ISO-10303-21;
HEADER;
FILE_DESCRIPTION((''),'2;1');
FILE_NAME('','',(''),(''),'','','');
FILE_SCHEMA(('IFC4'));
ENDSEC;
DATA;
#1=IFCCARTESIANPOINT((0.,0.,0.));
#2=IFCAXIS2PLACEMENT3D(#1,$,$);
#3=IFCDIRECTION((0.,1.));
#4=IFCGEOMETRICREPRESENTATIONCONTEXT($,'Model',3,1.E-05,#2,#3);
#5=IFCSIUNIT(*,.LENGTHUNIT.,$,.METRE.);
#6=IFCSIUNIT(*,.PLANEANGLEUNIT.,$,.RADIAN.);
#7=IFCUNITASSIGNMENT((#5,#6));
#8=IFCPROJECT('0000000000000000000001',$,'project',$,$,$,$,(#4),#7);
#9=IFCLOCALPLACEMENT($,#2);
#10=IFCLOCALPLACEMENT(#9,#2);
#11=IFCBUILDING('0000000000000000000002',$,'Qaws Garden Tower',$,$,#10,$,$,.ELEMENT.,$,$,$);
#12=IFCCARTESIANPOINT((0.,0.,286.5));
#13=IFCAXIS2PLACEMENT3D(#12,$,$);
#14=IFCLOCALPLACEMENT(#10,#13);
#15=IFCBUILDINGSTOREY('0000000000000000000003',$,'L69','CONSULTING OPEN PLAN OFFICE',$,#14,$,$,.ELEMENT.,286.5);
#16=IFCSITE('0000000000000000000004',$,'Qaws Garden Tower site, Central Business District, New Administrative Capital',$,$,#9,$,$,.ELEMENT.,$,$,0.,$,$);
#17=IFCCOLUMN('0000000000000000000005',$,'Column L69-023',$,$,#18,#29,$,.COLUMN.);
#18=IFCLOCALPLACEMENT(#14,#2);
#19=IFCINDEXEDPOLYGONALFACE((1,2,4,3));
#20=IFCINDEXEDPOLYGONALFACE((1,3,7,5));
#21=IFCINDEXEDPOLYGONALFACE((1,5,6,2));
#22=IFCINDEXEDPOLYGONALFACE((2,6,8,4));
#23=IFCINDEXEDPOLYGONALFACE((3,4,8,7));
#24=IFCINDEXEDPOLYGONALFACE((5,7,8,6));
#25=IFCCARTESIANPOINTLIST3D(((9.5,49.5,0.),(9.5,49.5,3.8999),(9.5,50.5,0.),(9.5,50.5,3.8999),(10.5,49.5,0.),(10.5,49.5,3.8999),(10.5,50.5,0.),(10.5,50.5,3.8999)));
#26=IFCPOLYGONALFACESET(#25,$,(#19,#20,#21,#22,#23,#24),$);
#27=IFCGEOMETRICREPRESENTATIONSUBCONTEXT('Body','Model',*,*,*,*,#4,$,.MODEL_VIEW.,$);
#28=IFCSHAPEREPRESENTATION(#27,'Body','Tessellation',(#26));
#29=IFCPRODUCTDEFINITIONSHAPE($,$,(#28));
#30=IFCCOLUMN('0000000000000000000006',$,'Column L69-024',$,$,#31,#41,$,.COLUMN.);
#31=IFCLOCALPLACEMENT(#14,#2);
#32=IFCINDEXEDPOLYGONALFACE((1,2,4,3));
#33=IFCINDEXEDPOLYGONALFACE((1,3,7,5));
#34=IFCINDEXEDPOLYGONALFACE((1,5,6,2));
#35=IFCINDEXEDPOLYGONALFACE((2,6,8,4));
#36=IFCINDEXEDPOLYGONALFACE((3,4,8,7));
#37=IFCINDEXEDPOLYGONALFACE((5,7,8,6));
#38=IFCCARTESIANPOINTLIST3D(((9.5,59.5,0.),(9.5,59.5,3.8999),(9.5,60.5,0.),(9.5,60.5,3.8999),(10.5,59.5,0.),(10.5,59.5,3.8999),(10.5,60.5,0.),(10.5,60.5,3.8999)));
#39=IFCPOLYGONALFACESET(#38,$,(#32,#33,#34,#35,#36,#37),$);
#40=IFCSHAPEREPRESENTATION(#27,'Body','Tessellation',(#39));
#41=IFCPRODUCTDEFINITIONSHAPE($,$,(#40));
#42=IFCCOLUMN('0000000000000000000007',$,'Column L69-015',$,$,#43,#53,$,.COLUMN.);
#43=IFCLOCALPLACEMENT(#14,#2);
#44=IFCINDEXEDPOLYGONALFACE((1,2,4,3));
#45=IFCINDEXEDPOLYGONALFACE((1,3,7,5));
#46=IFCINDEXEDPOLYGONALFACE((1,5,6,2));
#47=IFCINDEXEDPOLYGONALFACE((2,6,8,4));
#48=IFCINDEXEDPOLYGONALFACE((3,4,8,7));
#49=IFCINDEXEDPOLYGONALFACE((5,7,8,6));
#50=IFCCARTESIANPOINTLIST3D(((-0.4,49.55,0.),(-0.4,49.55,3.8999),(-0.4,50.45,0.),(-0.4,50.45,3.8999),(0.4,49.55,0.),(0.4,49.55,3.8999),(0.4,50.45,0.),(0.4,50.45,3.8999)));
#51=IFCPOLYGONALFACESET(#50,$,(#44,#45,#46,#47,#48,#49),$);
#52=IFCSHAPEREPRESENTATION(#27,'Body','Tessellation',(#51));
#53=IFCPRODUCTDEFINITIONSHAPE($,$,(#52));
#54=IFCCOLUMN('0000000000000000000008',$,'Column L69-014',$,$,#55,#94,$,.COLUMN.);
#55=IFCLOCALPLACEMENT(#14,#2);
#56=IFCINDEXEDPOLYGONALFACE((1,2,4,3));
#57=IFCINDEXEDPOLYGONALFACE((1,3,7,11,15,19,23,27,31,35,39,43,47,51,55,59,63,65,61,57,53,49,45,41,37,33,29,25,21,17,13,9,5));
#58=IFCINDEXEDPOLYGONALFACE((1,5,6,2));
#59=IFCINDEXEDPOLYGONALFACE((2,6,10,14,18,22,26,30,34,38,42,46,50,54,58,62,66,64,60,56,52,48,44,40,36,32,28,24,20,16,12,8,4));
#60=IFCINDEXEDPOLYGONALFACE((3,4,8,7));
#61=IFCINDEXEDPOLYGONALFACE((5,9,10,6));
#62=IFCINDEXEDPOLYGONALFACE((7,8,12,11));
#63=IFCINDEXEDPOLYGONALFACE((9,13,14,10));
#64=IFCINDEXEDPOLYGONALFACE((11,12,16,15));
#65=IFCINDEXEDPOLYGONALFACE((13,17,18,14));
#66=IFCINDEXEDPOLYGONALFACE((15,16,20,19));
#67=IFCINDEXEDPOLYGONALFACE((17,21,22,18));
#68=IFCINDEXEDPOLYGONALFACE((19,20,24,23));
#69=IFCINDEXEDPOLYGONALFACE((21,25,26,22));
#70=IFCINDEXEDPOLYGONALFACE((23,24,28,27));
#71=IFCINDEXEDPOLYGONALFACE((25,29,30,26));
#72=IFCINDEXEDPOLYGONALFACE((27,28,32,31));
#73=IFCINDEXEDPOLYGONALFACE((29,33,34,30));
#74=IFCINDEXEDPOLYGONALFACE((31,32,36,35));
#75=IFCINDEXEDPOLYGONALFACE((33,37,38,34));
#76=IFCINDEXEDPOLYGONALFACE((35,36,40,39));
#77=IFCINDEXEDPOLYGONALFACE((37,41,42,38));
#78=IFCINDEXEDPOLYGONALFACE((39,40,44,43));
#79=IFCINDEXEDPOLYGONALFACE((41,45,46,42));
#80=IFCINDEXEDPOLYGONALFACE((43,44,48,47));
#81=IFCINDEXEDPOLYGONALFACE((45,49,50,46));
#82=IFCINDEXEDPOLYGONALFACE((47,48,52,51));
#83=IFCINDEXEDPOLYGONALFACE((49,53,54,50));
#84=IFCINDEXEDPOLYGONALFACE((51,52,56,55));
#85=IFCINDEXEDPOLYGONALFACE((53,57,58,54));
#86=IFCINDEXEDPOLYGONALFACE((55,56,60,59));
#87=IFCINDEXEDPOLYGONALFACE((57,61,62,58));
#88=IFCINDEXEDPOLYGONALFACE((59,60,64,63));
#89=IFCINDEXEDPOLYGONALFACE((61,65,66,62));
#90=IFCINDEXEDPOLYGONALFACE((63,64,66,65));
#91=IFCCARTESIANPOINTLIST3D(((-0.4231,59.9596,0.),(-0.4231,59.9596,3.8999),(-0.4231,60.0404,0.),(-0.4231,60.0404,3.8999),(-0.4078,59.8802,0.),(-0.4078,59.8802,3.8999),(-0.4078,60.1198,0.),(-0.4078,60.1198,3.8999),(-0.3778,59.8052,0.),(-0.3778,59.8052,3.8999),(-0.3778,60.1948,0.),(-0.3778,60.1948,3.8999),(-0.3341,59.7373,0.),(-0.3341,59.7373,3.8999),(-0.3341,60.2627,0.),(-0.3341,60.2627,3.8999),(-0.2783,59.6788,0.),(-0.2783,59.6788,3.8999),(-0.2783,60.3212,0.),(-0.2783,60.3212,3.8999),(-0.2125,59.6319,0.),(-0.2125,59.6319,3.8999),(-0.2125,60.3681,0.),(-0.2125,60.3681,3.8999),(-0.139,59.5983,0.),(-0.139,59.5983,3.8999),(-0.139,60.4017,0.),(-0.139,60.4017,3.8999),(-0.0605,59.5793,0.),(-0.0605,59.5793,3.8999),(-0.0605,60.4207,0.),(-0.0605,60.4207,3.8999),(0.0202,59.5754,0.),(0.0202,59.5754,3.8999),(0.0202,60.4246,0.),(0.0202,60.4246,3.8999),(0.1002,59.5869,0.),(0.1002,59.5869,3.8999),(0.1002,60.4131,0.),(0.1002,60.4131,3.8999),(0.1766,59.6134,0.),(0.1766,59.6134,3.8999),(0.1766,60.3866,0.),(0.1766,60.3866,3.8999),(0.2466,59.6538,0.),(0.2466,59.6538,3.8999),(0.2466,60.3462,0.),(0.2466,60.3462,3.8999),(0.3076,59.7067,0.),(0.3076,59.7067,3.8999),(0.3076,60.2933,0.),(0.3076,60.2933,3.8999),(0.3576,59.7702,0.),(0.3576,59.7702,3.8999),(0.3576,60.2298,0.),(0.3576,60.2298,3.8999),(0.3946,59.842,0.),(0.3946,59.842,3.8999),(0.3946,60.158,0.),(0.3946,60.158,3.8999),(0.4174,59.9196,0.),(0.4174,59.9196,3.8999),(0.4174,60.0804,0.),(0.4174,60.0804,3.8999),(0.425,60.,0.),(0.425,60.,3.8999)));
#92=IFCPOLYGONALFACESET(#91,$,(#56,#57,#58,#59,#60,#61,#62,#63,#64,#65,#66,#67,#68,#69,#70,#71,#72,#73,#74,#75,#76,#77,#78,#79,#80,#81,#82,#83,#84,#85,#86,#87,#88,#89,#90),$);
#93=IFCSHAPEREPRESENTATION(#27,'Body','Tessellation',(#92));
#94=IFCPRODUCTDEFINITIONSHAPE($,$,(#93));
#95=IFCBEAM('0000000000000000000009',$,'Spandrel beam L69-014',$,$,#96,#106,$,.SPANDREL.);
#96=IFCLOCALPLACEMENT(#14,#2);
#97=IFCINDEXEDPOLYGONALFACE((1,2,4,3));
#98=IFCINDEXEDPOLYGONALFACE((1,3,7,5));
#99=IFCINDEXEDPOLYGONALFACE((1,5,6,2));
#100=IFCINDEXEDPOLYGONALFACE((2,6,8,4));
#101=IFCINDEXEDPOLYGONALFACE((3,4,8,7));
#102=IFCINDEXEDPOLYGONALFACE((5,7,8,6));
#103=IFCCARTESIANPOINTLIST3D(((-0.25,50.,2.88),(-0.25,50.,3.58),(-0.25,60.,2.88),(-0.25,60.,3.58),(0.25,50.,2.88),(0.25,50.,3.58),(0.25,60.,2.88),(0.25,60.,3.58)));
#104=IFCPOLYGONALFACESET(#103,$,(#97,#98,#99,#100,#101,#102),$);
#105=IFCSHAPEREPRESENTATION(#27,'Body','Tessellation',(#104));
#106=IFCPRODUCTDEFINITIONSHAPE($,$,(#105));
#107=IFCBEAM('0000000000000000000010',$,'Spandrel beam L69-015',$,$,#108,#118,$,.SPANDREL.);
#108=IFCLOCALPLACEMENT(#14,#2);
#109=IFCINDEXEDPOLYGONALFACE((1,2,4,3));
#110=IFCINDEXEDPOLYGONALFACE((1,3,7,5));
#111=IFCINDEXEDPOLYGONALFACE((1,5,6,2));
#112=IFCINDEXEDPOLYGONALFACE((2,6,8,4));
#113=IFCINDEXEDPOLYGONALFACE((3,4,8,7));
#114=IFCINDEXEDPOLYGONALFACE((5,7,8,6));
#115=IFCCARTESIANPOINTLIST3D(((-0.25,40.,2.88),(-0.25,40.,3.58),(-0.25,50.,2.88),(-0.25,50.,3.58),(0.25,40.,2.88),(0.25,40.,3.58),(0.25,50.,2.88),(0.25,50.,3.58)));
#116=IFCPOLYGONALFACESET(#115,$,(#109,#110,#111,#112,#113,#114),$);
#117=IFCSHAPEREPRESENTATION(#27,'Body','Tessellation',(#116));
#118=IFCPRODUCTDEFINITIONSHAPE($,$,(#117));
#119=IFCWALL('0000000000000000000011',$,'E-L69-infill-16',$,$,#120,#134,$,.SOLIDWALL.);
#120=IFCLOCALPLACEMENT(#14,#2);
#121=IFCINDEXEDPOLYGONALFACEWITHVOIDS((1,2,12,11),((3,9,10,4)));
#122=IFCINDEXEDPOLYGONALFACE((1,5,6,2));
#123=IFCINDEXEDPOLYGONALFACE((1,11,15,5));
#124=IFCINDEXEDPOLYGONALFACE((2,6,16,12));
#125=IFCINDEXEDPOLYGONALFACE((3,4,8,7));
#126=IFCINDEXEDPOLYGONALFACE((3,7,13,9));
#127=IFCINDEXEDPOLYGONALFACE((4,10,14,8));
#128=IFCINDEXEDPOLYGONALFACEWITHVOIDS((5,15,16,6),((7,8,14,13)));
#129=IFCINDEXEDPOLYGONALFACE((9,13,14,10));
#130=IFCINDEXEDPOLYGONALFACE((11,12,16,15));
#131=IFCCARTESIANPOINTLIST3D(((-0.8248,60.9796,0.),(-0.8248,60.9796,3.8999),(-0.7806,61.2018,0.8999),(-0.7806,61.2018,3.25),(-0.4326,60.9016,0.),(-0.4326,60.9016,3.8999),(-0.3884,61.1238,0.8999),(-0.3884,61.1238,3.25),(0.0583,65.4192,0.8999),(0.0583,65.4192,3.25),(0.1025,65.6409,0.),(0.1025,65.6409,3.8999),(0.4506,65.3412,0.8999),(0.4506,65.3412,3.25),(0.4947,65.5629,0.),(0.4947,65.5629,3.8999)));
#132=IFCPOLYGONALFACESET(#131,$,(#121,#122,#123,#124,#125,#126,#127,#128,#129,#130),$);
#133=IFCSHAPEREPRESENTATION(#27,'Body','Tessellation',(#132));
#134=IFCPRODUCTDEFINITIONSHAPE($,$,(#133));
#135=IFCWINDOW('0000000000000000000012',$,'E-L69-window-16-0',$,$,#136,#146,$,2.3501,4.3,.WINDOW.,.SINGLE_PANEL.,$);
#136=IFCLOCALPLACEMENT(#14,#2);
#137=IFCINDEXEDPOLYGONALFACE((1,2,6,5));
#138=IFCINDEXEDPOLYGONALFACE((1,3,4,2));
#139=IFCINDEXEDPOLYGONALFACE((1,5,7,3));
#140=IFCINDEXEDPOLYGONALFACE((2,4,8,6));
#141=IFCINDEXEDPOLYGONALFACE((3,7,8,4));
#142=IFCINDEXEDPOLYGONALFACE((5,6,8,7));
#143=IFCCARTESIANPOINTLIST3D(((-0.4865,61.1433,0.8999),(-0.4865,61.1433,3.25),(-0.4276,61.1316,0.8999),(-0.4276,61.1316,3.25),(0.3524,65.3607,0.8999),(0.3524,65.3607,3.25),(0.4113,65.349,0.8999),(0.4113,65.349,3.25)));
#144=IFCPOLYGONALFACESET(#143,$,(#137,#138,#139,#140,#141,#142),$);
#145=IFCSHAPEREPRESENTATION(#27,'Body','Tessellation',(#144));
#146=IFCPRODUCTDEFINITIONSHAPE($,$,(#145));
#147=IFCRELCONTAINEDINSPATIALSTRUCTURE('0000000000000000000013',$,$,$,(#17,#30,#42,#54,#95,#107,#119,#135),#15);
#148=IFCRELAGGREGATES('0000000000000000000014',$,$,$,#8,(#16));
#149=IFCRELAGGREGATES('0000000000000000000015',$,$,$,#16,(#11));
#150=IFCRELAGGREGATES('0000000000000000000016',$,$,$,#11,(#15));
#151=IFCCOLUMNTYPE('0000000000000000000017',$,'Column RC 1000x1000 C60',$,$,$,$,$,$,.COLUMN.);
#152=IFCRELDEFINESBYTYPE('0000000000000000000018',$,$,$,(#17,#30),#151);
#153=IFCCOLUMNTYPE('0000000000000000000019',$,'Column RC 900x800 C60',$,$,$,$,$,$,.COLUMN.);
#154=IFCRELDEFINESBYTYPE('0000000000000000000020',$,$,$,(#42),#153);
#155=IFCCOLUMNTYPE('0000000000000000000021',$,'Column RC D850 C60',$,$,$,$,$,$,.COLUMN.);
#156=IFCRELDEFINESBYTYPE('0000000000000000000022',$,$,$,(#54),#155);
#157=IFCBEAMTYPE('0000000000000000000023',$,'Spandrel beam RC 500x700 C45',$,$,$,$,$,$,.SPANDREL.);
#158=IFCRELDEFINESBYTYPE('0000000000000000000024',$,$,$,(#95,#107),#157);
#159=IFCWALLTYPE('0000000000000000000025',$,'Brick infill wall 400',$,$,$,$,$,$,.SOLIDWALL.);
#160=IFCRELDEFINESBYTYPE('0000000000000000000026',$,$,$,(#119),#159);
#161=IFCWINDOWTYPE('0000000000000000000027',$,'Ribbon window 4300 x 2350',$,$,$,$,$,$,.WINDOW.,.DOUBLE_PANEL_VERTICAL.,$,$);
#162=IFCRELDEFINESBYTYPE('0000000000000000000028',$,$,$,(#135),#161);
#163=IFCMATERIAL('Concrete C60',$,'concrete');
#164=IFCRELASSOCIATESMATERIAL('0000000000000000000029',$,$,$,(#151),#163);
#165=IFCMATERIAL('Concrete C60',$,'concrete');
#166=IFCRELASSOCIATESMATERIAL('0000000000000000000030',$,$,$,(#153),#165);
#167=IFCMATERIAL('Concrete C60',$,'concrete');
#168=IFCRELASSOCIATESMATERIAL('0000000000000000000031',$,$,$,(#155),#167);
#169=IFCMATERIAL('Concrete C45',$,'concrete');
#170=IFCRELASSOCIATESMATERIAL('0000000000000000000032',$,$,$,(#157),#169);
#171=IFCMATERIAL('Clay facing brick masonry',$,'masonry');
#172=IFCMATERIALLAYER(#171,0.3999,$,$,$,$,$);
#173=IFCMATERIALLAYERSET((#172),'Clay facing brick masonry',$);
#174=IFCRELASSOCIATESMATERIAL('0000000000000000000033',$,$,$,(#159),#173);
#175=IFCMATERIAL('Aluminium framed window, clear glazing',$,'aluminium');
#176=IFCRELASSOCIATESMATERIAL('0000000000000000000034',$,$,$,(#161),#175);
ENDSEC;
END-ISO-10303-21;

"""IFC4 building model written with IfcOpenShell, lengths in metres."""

from ifc_helpers import new_model, si_unit, direction, frame, frame_2d, origin, origin_2d, place, context, subcontext, project, spatial, rectangle, circle, extrude, material, layer, layer_set, material_profile, profile_set, type_object, element, fill, save


model = new_model("IFC4")

# Units and contexts
model_context = context("Model", 3, precision=1e-05, world=origin(), true_north=direction((0.0, 1.0)))
body_context = subcontext(model_context, "Body", "Model", "MODEL_VIEW")
ifc_project = project(units=[si_unit("LENGTHUNIT", "METRE"), si_unit("PLANEANGLEUNIT", "RADIAN")], contexts=[model_context])

# Site, building, storey
site_placement = place(None, origin())
site = spatial("IfcSite", under=ifc_project, at=site_placement, Name="Qaws Garden Tower site, Central Business District, New Administrative Capital", CompositionType="ELEMENT", RefElevation=0.0)
building_placement = place(site_placement, origin())
building = spatial("IfcBuilding", under=site, at=building_placement, Name="Qaws Garden Tower", CompositionType="ELEMENT")
storey_placement = place(building_placement, frame((0.0, 0.0, 286.5)))
storey = spatial("IfcBuildingStorey", under=building, at=storey_placement, Name="L69", Description="CONSULTING OPEN PLAN OFFICE", CompositionType="ELEMENT", Elevation=286.5)

# Columns
ifc_material_1 = material(Name="Concrete C60", Category="concrete")
ifc_material_profile_1 = material_profile(ifc_material_1, rectangle(XDim=1.0, YDim=1.0, at=origin_2d()), Name="RC 1000x1000")
ifc_profile_set_1 = profile_set([ifc_material_profile_1], Name="Concrete C60")
column_type_1 = type_object("IfcColumnType", Name="Column RC 1000x1000 C60", PredefinedType="COLUMN", material=ifc_profile_set_1)
for number, where, z_axis, x_axis, name in (
    (1, (10.0, 50.0, 0.0), (0.0, 0.0, 1.0), (1.0, 0.0, 0.0), "Column L69-023"),
    (2, (10.0, 60.0, 0.0), (0.0, 0.0, 1.0), (1.0, 0.0, 0.0), "Column L69-024"),
):
    element("IfcColumn", number, at=place(storey_placement, frame(where, z_axis=z_axis, x_axis=x_axis)), inside=storey, type_object=column_type_1, Name=name, PredefinedType="COLUMN", context=body_context, shape_type="SweptSolid", body=[
        extrude(rectangle(XDim=1.0, YDim=1.0, at=origin_2d()), origin(), (0.0, 0.0, 1.0), 3.8999),
    ])
ifc_material_2 = material(Name="Concrete C60", Category="concrete")
ifc_material_profile_2 = material_profile(ifc_material_2, rectangle(XDim=0.8999, YDim=0.8, at=origin_2d()), Name="RC 900x800")
ifc_profile_set_2 = profile_set([ifc_material_profile_2], Name="Concrete C60")
column_type_2 = type_object("IfcColumnType", Name="Column RC 900x800 C60", PredefinedType="COLUMN", material=ifc_profile_set_2)
column_1_placement = place(storey_placement, frame((0.0, 50.0, 0.0), z_axis=(0.0, 0.0, 1.0), x_axis=(0.0, 1.0, 0.0)))
element("IfcColumn", 3, at=column_1_placement, inside=storey, type_object=column_type_2, Name="Column L69-015", PredefinedType="COLUMN", context=body_context, shape_type="SweptSolid", body=[
    extrude(rectangle(XDim=0.8999, YDim=0.8, at=origin_2d()), origin(), (0.0, 0.0, 1.0), 3.8999),
])
ifc_material_3 = material(Name="Concrete C60", Category="concrete")
ifc_material_profile_3 = material_profile(ifc_material_3, circle(Radius=0.425, at=origin_2d()), Name="RC D850")
ifc_profile_set_3 = profile_set([ifc_material_profile_3], Name="Concrete C60")
column_type_3 = type_object("IfcColumnType", Name="Column RC D850 C60", PredefinedType="COLUMN", material=ifc_profile_set_3)
column_2_placement = place(storey_placement, frame((0.0, 60.0, 0.0), z_axis=(0.0, 0.0, 1.0), x_axis=(1.0, 0.0, 0.0)))
element("IfcColumn", 4, at=column_2_placement, inside=storey, type_object=column_type_3, Name="Column L69-014", PredefinedType="COLUMN", context=body_context, shape_type="SweptSolid", body=[
    extrude(circle(Radius=0.425, at=origin_2d()), origin(), (0.0, 0.0, 1.0), 3.8999),
])

# Beams
ifc_material_4 = material(Name="Concrete C45", Category="concrete")
ifc_material_profile_4 = material_profile(ifc_material_4, rectangle(XDim=0.5, YDim=0.7, at=origin_2d()), Name="RC 500x700")
ifc_profile_set_4 = profile_set([ifc_material_profile_4], Name="Concrete C45")
beam_type = type_object("IfcBeamType", Name="Spandrel beam RC 500x700 C45", PredefinedType="SPANDREL", material=ifc_profile_set_4)
for number, where, z_axis, x_axis, name in (
    (5, (0.0, 60.0, 3.23), (0.0, -1.0, 0.0), (1.0, 0.0, 0.0), "Spandrel beam L69-014"),
    (6, (0.0, 50.0, 3.23), (0.0, -1.0, 0.0), (1.0, 0.0, 0.0), "Spandrel beam L69-015"),
):
    element("IfcBeam", number, at=place(storey_placement, frame(where, z_axis=z_axis, x_axis=x_axis)), inside=storey, type_object=beam_type, Name=name, PredefinedType="SPANDREL", context=body_context, shape_type="SweptSolid", body=[
        extrude(rectangle(XDim=0.5, YDim=0.7, at=origin_2d()), origin(), (0.0, 0.0, 1.0), 10.0),
    ])

# Wall, opening, window
ifc_material_5 = material(Name="Clay facing brick masonry", Category="masonry")
ifc_layer_1 = layer(ifc_material_5, 0.3999)
ifc_layer_set_1 = layer_set([ifc_layer_1], Name="Clay facing brick masonry")
wall_type_1 = type_object("IfcWallType", Name="Brick infill wall 400", PredefinedType="SOLIDWALL", material=ifc_layer_set_1)
wall_1_placement = place(storey_placement, frame((0.2986, 65.6021, 0.0), z_axis=(0.0, 0.0, 1.0), x_axis=(-0.195099, -0.980784, 0.0)))
wall_1 = element("IfcWall", 7, at=wall_1_placement, inside=storey, type_object=wall_type_1, Name="E-L69-infill-16", PredefinedType="SOLIDWALL", context=body_context, shape_type="SweptSolid", body=[
    extrude(rectangle(XDim=4.7527, YDim=0.3999, at=frame_2d((2.3765, 0.0))), origin(), (0.0, 0.0, 1.0), 3.8999),
])
opening_1_placement = place(wall_1_placement, frame((0.2263, 0.0, 0.8999)))
opening_1 = element("IfcOpeningElement", 8, at=opening_1_placement, cuts=wall_1, PredefinedType="OPENING", context=body_context, shape_type="SweptSolid", body=[
    extrude(rectangle(XDim=4.3, YDim=2.3501, at=frame_2d((2.1499, 1.175))), frame((0.0, 0.21, 0.0), z_axis=(0.0, -1.0, 0.0), x_axis=(1.0, 0.0, 0.0)), (0.0, 0.0, 1.0), 0.4199),
])
ifc_material_6 = material(Name="Aluminium framed window, clear glazing", Category="aluminium")
window_type_1 = type_object("IfcWindowType", Name="Ribbon window 4300 x 2350", PartitioningType="DOUBLE_PANEL_VERTICAL", PredefinedType="WINDOW", material=ifc_material_6)
window_1_placement = place(opening_1_placement, origin())
window_1 = element("IfcWindow", 9, at=window_1_placement, inside=storey, type_object=window_type_1, Name="E-L69-window-16-0", OverallHeight=2.3501, OverallWidth=4.3, PartitioningType="SINGLE_PANEL", PredefinedType="WINDOW", context=body_context, shape_type="SweptSolid", body=[
    extrude(rectangle(XDim=4.3, YDim=2.3501, at=frame_2d((2.1499, 1.175))), frame((0.0, 0.1599, 0.0), z_axis=(0.0, -1.0, 0.0), x_axis=(1.0, 0.0, 0.0)), (0.0, 0.0, 1.0), 0.0601),
])
fill(opening_1, window_1)

save(model, "model.ifc")
